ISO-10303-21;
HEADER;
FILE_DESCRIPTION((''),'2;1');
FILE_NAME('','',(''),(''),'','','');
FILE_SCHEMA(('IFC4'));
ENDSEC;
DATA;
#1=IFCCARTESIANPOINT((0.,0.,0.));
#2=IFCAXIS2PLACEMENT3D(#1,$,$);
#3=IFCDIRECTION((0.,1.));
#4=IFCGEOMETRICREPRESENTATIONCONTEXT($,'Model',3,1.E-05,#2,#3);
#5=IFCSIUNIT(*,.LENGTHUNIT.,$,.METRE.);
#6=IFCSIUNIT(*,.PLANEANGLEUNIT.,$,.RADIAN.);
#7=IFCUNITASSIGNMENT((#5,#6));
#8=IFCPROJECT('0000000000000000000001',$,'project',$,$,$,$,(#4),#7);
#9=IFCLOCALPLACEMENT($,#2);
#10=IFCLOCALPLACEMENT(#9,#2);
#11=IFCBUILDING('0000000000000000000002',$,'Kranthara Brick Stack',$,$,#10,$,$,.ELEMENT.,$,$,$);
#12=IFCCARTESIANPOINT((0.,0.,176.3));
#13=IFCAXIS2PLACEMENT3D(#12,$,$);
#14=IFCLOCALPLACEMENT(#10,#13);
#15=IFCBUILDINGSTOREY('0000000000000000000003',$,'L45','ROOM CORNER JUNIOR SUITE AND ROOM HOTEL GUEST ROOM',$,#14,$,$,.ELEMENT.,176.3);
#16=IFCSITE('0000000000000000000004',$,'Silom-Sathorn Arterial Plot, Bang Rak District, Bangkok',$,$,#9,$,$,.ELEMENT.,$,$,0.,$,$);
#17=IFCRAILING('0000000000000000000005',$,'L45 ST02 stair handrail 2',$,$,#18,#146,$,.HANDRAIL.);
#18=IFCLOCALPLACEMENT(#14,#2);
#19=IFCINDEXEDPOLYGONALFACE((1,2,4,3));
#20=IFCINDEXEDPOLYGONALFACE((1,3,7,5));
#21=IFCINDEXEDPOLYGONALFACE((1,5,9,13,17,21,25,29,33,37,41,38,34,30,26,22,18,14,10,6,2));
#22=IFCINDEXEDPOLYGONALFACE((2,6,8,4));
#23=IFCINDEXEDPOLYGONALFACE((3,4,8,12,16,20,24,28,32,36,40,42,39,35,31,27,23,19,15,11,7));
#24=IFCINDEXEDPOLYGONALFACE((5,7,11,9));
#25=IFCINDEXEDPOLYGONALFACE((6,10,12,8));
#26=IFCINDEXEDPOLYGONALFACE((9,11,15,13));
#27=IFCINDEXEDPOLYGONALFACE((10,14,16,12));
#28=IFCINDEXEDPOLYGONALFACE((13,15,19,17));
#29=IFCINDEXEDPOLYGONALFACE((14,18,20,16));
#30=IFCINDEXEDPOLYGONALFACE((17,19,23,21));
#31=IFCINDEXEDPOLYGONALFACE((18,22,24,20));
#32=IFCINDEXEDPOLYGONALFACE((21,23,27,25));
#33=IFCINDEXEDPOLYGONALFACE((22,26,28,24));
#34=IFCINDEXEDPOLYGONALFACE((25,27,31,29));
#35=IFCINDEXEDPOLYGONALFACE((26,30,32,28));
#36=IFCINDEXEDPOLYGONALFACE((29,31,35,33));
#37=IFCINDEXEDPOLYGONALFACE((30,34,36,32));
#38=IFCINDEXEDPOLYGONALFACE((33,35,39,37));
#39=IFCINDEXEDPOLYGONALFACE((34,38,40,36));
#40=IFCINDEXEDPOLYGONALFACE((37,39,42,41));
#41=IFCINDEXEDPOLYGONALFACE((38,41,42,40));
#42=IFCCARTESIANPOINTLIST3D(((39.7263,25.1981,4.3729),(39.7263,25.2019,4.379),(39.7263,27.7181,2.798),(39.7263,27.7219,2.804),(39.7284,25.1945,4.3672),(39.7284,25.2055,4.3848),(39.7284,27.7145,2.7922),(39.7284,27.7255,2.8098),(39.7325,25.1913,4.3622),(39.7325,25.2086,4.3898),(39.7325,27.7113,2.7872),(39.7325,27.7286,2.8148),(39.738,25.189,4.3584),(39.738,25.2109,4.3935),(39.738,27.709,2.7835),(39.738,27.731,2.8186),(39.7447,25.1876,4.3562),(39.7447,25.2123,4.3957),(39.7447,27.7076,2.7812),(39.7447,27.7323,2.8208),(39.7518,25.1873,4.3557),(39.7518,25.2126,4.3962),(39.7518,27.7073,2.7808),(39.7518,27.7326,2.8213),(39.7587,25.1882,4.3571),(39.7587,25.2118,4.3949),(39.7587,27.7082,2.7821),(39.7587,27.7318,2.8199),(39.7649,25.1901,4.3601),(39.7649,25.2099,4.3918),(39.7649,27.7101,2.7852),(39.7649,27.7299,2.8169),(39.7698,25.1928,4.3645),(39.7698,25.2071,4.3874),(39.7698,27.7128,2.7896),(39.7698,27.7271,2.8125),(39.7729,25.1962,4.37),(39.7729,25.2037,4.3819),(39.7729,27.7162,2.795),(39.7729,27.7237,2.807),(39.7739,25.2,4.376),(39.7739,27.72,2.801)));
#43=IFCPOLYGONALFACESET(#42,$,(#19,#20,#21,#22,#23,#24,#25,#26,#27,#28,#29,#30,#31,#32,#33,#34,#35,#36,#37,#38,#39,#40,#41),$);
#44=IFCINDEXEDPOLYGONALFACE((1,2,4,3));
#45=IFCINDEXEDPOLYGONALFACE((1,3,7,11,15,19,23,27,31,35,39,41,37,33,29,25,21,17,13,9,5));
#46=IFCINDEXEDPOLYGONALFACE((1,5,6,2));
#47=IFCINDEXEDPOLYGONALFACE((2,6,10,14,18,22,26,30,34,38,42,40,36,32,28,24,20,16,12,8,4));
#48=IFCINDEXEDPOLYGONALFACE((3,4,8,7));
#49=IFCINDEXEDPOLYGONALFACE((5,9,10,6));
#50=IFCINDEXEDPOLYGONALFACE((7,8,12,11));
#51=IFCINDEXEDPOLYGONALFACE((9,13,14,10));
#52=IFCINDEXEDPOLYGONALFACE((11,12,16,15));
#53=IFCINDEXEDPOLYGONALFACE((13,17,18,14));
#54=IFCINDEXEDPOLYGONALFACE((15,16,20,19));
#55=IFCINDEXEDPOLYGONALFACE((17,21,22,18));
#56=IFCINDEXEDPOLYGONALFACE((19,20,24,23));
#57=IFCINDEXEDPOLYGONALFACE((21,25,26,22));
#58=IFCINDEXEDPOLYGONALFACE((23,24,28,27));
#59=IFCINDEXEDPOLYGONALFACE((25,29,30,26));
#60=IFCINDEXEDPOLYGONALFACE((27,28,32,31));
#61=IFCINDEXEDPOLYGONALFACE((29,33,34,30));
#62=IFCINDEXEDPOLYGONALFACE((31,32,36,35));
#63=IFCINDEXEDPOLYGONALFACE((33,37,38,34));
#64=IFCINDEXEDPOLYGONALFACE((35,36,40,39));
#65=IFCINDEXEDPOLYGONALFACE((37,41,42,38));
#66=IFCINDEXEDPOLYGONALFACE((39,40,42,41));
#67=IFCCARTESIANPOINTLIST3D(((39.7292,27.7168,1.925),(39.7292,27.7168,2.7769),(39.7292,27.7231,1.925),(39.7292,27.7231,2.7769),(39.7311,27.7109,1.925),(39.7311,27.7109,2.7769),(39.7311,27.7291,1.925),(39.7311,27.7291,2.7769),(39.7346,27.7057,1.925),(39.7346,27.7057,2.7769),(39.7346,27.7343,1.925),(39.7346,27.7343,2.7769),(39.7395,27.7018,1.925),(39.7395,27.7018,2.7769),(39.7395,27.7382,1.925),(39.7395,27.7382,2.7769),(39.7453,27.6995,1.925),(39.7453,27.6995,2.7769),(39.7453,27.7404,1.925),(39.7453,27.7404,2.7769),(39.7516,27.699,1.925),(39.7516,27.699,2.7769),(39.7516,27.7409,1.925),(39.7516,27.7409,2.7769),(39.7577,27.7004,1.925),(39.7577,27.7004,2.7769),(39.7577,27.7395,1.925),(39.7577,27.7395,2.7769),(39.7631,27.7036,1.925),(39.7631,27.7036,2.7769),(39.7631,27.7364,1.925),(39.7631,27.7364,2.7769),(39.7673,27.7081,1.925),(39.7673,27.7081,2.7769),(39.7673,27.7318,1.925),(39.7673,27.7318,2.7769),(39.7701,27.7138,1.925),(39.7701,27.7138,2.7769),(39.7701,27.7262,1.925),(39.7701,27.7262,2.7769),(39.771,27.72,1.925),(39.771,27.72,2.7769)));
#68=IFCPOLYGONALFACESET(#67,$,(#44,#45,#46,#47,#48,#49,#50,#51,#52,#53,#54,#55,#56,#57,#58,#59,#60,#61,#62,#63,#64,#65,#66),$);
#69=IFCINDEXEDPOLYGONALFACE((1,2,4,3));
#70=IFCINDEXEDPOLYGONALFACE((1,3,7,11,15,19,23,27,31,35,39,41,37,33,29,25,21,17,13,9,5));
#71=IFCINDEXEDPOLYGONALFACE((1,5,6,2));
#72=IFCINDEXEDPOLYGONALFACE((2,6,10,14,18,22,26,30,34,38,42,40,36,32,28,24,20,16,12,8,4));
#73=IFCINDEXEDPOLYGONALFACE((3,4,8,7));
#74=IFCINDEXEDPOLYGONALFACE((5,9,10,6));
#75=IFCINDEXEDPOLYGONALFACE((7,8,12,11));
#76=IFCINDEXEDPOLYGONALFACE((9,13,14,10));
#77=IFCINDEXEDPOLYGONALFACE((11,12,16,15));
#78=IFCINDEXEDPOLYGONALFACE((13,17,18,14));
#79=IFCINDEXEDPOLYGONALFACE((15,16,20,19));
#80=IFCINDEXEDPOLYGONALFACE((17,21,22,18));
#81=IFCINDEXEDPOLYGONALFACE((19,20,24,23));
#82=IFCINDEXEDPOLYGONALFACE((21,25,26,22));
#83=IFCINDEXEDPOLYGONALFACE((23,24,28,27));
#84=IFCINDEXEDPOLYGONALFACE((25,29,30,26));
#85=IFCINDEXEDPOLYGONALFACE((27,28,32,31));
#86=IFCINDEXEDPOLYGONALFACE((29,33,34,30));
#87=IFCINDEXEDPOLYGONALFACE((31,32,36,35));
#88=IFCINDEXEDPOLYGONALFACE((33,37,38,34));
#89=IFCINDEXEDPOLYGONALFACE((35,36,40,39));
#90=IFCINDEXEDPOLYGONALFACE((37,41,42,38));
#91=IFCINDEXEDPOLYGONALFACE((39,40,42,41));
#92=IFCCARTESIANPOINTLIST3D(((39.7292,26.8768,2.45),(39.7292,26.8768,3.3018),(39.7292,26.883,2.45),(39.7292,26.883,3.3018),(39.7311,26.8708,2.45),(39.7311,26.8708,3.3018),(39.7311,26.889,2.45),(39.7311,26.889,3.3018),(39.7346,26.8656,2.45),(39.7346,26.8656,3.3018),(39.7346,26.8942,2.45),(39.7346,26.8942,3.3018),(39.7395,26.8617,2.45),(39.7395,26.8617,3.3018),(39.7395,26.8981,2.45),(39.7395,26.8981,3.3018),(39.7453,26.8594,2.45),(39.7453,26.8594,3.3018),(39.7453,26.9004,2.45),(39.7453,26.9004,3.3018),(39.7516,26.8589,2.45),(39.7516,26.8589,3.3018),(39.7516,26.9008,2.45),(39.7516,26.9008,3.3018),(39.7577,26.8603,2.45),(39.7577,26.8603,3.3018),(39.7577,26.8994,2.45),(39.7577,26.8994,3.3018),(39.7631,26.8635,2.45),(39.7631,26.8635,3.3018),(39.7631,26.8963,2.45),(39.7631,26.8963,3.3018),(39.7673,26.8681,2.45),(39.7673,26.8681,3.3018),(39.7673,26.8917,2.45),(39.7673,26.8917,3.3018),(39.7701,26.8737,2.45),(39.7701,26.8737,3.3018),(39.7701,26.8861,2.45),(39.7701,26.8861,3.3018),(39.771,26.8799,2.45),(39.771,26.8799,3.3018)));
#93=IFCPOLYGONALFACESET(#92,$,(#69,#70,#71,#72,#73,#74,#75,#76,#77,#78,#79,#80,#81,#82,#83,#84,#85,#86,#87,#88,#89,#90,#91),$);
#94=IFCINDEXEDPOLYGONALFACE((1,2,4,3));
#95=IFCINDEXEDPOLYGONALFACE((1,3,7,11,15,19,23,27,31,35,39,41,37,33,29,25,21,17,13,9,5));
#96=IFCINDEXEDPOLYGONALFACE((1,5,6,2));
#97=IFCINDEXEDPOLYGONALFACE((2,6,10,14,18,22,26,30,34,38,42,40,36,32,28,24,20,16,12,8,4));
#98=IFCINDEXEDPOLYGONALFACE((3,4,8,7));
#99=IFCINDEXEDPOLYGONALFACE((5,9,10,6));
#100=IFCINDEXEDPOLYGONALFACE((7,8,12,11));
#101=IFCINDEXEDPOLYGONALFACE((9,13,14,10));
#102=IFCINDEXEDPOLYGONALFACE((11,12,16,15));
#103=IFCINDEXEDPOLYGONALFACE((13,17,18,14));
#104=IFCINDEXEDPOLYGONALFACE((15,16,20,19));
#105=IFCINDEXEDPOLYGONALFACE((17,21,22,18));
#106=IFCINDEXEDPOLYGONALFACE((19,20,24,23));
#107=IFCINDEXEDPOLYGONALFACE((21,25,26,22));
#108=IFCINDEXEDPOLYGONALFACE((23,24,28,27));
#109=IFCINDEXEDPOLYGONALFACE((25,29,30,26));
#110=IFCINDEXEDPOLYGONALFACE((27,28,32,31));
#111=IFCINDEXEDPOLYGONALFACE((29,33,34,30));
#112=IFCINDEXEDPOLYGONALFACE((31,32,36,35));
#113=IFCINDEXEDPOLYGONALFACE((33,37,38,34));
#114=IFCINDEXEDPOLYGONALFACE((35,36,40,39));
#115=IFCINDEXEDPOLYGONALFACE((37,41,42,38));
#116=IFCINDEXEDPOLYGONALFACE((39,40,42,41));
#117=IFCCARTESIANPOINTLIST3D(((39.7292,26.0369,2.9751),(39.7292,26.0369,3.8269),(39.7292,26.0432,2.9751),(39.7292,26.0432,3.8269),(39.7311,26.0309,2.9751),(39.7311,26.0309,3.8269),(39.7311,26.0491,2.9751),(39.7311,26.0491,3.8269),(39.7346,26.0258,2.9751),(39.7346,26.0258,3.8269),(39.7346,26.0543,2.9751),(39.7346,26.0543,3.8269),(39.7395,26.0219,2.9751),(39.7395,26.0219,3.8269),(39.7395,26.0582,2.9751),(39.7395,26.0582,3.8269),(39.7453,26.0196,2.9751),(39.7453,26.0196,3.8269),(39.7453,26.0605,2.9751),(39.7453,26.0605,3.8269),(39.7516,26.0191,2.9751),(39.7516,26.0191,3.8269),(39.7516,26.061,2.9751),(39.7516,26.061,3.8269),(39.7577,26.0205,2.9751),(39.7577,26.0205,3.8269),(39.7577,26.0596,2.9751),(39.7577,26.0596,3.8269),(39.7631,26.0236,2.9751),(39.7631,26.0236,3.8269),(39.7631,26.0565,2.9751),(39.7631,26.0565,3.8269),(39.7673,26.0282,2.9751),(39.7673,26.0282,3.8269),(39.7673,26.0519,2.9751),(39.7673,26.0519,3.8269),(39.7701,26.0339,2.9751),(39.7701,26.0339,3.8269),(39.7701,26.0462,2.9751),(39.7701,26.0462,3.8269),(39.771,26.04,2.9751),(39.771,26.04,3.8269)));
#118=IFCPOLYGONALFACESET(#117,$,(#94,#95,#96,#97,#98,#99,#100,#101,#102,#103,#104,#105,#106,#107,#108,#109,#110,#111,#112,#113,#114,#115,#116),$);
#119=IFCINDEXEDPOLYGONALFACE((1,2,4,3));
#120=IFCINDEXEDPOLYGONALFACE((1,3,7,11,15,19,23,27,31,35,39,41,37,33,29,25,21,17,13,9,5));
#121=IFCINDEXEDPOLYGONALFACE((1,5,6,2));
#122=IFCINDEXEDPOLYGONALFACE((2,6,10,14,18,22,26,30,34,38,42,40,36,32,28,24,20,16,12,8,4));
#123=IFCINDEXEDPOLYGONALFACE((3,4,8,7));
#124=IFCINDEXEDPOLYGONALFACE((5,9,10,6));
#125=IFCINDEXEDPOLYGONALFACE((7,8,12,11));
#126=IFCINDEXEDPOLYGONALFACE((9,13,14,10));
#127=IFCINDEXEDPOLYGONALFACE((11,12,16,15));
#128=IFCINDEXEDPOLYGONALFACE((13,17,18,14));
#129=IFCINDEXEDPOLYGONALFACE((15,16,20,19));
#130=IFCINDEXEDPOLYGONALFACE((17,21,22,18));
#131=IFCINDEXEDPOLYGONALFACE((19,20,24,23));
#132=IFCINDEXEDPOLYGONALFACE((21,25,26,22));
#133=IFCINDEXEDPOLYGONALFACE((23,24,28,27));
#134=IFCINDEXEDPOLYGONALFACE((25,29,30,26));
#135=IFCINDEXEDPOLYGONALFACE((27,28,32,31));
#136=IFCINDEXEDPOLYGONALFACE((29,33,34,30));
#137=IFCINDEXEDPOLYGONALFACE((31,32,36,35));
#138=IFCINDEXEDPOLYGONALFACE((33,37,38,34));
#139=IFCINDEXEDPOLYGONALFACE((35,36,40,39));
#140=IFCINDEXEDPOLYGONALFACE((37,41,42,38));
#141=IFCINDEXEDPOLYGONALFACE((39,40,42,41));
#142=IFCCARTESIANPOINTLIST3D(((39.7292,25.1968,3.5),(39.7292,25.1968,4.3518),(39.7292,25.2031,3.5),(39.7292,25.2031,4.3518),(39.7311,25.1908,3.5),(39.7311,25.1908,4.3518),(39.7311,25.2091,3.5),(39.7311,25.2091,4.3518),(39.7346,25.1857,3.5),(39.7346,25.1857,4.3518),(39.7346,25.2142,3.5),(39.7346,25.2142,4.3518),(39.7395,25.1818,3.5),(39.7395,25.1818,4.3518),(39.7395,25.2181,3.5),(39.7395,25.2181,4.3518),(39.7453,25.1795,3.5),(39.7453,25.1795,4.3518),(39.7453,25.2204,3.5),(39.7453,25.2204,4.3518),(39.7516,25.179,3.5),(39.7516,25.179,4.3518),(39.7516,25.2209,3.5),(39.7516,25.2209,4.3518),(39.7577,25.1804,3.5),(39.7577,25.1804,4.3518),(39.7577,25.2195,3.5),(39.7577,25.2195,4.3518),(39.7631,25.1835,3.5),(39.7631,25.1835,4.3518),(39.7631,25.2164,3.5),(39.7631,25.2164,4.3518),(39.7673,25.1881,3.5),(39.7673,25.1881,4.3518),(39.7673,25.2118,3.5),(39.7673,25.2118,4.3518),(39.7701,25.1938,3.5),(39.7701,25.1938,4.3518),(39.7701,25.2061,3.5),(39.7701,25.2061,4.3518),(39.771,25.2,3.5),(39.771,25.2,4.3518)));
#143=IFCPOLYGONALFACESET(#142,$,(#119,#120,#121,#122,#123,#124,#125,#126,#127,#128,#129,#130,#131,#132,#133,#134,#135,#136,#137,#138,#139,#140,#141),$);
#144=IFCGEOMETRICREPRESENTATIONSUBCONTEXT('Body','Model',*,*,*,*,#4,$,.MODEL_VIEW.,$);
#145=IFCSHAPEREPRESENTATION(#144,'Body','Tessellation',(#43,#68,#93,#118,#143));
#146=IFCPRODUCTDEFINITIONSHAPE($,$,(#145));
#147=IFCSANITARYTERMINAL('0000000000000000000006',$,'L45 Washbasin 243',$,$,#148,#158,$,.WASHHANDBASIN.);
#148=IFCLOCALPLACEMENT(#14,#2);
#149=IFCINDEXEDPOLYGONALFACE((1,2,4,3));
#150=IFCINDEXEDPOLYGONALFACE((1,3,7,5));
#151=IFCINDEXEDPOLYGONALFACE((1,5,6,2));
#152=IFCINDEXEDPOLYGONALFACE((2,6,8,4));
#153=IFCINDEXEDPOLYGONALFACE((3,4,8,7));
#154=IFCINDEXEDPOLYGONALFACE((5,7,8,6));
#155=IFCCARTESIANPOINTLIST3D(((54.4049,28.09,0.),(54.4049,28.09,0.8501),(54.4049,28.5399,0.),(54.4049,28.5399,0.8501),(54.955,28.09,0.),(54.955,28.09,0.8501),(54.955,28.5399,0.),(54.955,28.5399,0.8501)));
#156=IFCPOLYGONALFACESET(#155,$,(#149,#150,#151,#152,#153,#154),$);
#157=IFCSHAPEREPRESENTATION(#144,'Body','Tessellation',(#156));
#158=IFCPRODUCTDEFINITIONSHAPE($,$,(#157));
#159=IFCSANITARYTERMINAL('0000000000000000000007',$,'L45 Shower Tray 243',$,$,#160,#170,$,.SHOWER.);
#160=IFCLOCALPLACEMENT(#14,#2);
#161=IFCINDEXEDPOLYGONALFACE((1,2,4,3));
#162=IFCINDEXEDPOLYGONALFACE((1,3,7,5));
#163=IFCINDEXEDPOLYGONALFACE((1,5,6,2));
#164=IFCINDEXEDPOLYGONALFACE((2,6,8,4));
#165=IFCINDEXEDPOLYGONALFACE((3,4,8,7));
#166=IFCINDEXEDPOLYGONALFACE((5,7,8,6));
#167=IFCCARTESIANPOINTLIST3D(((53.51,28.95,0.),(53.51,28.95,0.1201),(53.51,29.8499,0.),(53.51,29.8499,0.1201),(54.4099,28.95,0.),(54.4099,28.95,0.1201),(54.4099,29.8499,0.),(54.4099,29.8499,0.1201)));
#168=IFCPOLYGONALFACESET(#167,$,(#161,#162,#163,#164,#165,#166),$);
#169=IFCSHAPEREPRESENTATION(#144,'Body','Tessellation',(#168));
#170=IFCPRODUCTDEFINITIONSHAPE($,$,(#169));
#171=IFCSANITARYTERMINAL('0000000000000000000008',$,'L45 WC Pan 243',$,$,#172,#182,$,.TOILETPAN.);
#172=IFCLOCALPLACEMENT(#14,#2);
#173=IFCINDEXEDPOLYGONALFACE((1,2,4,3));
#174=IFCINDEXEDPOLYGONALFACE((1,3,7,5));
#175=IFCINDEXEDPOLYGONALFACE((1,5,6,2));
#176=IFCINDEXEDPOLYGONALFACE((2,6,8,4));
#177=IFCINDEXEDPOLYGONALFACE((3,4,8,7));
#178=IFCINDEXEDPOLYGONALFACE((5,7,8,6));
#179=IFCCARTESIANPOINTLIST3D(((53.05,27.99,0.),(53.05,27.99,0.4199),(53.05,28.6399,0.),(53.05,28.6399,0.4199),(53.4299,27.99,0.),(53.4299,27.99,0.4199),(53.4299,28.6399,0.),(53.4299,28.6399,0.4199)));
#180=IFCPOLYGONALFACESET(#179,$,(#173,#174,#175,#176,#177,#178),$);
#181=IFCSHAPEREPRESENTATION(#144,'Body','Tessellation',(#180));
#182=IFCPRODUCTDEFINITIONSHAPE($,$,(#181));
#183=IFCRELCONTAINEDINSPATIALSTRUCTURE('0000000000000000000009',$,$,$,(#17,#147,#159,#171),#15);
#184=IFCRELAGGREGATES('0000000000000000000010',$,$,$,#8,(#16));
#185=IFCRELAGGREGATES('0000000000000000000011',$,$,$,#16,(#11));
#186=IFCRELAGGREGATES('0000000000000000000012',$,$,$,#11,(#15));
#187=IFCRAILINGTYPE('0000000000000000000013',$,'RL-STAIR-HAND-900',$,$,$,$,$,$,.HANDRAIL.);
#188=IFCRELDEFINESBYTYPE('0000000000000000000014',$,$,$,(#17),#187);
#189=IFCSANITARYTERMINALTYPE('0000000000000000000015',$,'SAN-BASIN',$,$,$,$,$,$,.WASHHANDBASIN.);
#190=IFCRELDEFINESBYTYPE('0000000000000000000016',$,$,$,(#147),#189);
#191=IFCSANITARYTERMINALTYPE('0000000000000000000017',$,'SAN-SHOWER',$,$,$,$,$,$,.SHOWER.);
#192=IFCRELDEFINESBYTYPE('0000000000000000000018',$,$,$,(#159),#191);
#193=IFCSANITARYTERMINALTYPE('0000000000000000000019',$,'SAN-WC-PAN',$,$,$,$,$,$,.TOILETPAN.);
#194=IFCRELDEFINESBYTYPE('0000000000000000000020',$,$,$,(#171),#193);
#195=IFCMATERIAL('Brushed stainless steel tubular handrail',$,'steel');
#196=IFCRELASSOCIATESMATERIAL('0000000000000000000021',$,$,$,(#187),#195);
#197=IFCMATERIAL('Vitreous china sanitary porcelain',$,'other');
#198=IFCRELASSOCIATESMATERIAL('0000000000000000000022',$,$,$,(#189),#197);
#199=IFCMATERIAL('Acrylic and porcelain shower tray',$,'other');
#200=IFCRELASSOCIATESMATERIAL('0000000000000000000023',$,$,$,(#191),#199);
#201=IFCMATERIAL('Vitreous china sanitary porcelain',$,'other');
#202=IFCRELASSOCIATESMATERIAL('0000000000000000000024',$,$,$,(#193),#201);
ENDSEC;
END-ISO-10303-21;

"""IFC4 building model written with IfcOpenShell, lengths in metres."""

from ifc_helpers import new_model, si_unit, direction, frame, origin, origin_2d, place, context, subcontext, project, spatial, rectangle, circle, extrude, material, type_object, element, save


model = new_model("IFC4")

# Units and contexts
model_context = context("Model", 3, precision=1e-05, world=origin(), true_north=direction((0.0, 1.0)))
body_context = subcontext(model_context, "Body", "Model", "MODEL_VIEW")
ifc_project = project(units=[si_unit("LENGTHUNIT", "METRE"), si_unit("PLANEANGLEUNIT", "RADIAN")], contexts=[model_context])

# Site, building, storey
site_placement = place(None, origin())
site = spatial("IfcSite", under=ifc_project, at=site_placement, Name="Silom-Sathorn Arterial Plot, Bang Rak District, Bangkok", CompositionType="ELEMENT", RefElevation=0.0)
building_placement = place(site_placement, origin())
building = spatial("IfcBuilding", under=site, at=building_placement, Name="Kranthara Brick Stack", CompositionType="ELEMENT")
storey_placement = place(building_placement, frame((0.0, 0.0, 176.3)))
storey = spatial("IfcBuildingStorey", under=building, at=storey_placement, Name="L45", Description="ROOM CORNER JUNIOR SUITE AND ROOM HOTEL GUEST ROOM", CompositionType="ELEMENT", Elevation=176.3)

# Railing
ifc_material_1 = material(Name="Brushed stainless steel tubular handrail", Category="steel")
railing_type_1 = type_object("IfcRailingType", Name="RL-STAIR-HAND-900", PredefinedType="HANDRAIL", material=ifc_material_1)
railing_1_placement = place(storey_placement, frame((39.75, 27.72, 1.925)))
element("IfcRailing", 1, at=railing_1_placement, inside=storey, type_object=railing_type_1, Name="L45 ST02 stair handrail 2", PredefinedType="HANDRAIL", context=body_context, shape_type="SweptSolid", body=[
    extrude(circle(Radius=0.0239, at=origin_2d()), frame((0.0, 0.0, 0.876), z_axis=(0.0, -0.848008, 0.529984), x_axis=(1.0, 0.0, 0.0)), (0.0, 0.0, 1.0), 2.9717),
    extrude(circle(Radius=0.021, at=origin_2d()), origin(), (0.0, 0.0, 1.0), 0.8518),
    extrude(circle(Radius=0.021, at=origin_2d()), frame((0.0, -0.8401, 0.5249)), (0.0, 0.0, 1.0), 0.8518),
    extrude(circle(Radius=0.021, at=origin_2d()), frame((0.0, -1.6799, 1.05)), (0.0, 0.0, 1.0), 0.8518),
    extrude(circle(Radius=0.021, at=origin_2d()), frame((0.0, -2.52, 1.575)), (0.0, 0.0, 1.0), 0.8518),
])

# Sanitary terminals
ifc_material_2 = material(Name="Vitreous china sanitary porcelain", Category="other")
sanitary_terminal_type_1 = type_object("IfcSanitaryTerminalType", Name="SAN-BASIN", PredefinedType="WASHHANDBASIN", material=ifc_material_2)
sanitary_terminal_1_placement = place(storey_placement, frame((54.6799, 28.3149, 0.0), z_axis=(0.0, 0.0, 1.0), x_axis=(1.0, 0.0, 0.0)))
element("IfcSanitaryTerminal", 2, at=sanitary_terminal_1_placement, inside=storey, type_object=sanitary_terminal_type_1, Name="L45 Washbasin 243", PredefinedType="WASHHANDBASIN", context=body_context, shape_type="SweptSolid", body=[
    extrude(rectangle(XDim=0.55, YDim=0.45, at=origin_2d()), origin(), (0.0, 0.0, 1.0), 0.8501),
])
ifc_material_3 = material(Name="Acrylic and porcelain shower tray", Category="other")
sanitary_terminal_type_2 = type_object("IfcSanitaryTerminalType", Name="SAN-SHOWER", PredefinedType="SHOWER", material=ifc_material_3)
sanitary_terminal_2_placement = place(storey_placement, frame((53.96, 29.3999, 0.0), z_axis=(0.0, 0.0, 1.0), x_axis=(1.0, 0.0, 0.0)))
element("IfcSanitaryTerminal", 3, at=sanitary_terminal_2_placement, inside=storey, type_object=sanitary_terminal_type_2, Name="L45 Shower Tray 243", PredefinedType="SHOWER", context=body_context, shape_type="SweptSolid", body=[
    extrude(rectangle(XDim=0.8999, YDim=0.8999, at=origin_2d()), origin(), (0.0, 0.0, 1.0), 0.1201),
])
ifc_material_4 = material(Name="Vitreous china sanitary porcelain", Category="other")
sanitary_terminal_type_3 = type_object("IfcSanitaryTerminalType", Name="SAN-WC-PAN", PredefinedType="TOILETPAN", material=ifc_material_4)
sanitary_terminal_3_placement = place(storey_placement, frame((53.24, 28.3149, 0.0), z_axis=(0.0, 0.0, 1.0), x_axis=(1.0, 0.0, 0.0)))
element("IfcSanitaryTerminal", 4, at=sanitary_terminal_3_placement, inside=storey, type_object=sanitary_terminal_type_3, Name="L45 WC Pan 243", PredefinedType="TOILETPAN", context=body_context, shape_type="SweptSolid", body=[
    extrude(rectangle(XDim=0.3799, YDim=0.6499, at=origin_2d()), origin(), (0.0, 0.0, 1.0), 0.4199),
])

save(model, "model.ifc")
